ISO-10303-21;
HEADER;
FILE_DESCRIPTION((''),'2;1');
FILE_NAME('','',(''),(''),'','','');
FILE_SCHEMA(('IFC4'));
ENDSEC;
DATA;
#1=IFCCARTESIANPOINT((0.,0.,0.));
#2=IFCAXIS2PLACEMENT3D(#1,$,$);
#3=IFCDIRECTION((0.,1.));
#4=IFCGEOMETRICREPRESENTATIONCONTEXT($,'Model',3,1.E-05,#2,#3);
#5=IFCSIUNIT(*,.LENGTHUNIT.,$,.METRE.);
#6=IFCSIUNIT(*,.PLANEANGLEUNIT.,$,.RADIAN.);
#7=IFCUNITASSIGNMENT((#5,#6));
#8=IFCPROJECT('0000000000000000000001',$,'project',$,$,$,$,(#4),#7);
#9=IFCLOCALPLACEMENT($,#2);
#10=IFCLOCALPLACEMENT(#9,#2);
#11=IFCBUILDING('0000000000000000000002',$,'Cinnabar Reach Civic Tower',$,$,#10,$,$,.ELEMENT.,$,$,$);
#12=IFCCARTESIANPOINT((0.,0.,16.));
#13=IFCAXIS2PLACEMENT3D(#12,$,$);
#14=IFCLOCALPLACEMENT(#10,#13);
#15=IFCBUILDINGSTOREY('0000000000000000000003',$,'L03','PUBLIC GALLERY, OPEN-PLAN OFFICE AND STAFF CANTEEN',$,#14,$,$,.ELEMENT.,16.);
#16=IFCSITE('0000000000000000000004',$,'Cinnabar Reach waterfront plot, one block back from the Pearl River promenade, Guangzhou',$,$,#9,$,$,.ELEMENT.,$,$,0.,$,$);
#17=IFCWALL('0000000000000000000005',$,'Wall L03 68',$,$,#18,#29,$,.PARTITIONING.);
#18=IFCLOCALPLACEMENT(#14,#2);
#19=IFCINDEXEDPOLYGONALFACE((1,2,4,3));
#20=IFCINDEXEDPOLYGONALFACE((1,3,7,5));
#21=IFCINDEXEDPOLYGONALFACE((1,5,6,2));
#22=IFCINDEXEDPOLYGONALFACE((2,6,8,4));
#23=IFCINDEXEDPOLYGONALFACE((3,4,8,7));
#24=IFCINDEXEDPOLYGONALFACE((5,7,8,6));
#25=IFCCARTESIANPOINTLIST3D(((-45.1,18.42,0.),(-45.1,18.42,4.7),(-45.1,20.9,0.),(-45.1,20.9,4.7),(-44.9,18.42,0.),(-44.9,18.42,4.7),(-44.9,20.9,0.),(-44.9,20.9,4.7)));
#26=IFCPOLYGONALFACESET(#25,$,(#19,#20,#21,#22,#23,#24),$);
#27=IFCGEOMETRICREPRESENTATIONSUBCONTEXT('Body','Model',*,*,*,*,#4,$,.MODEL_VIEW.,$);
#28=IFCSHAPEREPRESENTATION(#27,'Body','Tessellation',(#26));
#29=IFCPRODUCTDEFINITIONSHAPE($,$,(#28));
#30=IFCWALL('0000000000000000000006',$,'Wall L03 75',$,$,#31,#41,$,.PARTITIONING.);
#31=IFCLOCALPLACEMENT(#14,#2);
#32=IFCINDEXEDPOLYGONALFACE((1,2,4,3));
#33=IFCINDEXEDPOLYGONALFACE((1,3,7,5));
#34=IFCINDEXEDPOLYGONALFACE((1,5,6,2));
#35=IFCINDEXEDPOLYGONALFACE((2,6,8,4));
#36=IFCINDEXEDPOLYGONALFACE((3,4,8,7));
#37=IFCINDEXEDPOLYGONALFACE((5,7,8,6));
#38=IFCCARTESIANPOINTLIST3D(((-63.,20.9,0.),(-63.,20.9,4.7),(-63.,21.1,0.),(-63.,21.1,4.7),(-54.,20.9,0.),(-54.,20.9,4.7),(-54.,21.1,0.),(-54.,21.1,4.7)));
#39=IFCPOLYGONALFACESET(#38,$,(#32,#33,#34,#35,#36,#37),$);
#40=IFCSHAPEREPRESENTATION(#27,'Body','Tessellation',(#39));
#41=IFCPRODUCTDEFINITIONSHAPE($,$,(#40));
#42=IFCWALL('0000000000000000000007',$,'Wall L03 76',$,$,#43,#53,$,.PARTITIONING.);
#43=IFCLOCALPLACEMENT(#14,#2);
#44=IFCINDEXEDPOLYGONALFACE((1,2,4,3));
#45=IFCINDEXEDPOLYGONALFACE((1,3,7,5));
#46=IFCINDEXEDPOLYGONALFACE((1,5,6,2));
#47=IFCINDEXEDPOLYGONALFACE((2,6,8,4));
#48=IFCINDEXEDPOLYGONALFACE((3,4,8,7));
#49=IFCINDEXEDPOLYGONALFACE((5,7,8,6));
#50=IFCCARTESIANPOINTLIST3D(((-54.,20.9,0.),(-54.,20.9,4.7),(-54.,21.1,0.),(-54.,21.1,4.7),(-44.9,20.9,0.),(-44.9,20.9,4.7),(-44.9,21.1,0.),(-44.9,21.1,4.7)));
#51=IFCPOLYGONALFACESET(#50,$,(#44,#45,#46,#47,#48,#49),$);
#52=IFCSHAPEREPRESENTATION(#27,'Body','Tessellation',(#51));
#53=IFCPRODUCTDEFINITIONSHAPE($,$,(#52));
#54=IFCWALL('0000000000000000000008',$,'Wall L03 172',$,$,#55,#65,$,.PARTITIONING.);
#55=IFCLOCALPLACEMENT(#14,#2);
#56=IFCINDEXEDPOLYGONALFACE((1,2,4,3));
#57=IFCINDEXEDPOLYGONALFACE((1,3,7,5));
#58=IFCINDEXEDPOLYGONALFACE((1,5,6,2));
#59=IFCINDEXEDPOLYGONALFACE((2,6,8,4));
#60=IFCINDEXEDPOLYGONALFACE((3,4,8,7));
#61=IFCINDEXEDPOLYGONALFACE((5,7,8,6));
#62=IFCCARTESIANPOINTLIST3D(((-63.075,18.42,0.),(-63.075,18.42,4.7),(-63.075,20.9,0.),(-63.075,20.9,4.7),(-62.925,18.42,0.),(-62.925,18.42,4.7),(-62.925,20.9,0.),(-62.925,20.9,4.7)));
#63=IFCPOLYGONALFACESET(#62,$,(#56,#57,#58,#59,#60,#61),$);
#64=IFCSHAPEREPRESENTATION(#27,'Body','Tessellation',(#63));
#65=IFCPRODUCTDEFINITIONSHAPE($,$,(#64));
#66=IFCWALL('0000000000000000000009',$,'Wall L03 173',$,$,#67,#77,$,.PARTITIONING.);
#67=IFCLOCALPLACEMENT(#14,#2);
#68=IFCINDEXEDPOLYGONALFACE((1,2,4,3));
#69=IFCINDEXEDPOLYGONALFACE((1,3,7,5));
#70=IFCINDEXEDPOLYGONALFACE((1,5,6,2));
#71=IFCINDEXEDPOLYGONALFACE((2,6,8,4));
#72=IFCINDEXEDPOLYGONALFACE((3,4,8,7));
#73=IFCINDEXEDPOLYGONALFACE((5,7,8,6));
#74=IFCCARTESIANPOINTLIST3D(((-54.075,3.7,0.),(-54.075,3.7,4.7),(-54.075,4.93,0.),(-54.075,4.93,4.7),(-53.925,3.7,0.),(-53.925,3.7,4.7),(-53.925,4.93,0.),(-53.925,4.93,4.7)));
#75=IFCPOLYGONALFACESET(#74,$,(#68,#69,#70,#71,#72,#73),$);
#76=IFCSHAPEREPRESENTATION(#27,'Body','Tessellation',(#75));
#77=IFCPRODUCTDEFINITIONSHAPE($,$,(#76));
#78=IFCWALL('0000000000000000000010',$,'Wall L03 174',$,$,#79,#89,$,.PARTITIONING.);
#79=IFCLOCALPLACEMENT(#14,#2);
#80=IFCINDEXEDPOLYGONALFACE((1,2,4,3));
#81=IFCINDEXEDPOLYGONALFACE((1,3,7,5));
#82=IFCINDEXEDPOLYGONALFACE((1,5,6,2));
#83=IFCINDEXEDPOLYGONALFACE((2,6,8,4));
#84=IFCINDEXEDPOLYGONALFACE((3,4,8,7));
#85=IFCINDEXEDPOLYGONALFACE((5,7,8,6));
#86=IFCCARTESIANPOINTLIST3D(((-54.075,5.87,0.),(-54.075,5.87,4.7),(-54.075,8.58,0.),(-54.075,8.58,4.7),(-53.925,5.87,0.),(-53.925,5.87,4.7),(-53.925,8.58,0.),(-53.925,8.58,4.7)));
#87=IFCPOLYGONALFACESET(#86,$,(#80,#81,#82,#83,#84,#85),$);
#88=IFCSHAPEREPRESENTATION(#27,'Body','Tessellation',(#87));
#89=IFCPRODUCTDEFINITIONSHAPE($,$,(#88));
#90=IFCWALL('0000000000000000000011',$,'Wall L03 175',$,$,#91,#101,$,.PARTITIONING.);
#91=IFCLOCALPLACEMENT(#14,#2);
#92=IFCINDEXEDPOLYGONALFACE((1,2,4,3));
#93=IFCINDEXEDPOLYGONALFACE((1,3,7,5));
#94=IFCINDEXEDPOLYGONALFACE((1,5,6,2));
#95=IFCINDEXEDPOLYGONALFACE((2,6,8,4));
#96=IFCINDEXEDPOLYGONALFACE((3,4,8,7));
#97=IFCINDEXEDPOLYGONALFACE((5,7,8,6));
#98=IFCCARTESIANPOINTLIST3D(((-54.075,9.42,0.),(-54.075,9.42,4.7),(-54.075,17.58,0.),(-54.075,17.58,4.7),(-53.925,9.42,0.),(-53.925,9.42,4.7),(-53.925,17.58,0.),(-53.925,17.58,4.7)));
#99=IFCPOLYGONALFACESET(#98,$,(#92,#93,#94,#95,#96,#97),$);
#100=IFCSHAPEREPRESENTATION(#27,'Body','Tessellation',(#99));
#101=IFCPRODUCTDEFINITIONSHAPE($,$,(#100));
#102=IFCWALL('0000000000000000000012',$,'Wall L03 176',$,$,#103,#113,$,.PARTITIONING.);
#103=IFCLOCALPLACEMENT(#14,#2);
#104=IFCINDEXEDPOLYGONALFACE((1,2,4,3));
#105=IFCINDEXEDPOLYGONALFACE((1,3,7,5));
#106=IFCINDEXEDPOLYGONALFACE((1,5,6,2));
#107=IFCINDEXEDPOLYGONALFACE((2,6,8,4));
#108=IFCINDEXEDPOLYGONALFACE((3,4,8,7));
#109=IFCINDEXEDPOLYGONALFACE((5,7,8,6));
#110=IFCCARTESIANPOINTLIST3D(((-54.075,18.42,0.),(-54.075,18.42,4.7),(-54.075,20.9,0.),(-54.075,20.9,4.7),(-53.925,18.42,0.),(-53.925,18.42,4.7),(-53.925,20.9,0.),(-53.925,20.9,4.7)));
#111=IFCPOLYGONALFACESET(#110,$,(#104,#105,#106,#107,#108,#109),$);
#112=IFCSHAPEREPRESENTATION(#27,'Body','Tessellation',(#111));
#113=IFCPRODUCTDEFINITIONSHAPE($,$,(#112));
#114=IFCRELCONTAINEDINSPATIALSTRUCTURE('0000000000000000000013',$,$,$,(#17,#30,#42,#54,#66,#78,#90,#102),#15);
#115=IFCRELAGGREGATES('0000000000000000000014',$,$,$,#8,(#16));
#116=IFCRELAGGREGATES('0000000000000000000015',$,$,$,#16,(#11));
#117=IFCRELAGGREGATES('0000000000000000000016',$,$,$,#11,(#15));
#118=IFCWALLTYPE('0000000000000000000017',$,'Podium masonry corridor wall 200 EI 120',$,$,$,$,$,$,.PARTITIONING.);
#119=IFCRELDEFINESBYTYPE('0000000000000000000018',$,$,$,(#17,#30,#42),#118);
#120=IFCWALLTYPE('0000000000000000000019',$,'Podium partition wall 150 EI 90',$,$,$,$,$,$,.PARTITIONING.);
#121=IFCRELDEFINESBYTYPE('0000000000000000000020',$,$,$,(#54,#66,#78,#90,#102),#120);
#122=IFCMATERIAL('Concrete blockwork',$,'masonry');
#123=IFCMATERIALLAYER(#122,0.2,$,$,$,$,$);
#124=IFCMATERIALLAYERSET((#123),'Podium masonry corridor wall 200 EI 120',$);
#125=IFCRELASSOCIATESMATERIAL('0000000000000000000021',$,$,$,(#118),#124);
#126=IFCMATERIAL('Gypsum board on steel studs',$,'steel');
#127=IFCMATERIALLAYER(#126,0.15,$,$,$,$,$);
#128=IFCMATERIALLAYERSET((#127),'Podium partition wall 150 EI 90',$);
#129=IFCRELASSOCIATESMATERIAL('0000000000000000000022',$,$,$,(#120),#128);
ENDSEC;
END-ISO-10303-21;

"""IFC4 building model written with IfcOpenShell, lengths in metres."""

from ifc_helpers import new_model, si_unit, direction, frame, frame_2d, origin, place, context, subcontext, project, spatial, rectangle, extrude, material, layer, layer_set, type_object, element, save


model = new_model("IFC4")

# Units and contexts
model_context = context("Model", 3, precision=1e-05, world=origin(), true_north=direction((0.0, 1.0)))
body_context = subcontext(model_context, "Body", "Model", "MODEL_VIEW")
ifc_project = project(units=[si_unit("LENGTHUNIT", "METRE"), si_unit("PLANEANGLEUNIT", "RADIAN")], contexts=[model_context])

# Site, building, storey
site_placement = place(None, origin())
site = spatial("IfcSite", under=ifc_project, at=site_placement, Name="Cinnabar Reach waterfront plot, one block back from the Pearl River promenade, Guangzhou", CompositionType="ELEMENT", RefElevation=0.0)
building_placement = place(site_placement, origin())
building = spatial("IfcBuilding", under=site, at=building_placement, Name="Cinnabar Reach Civic Tower", CompositionType="ELEMENT")
storey_placement = place(building_placement, frame((0.0, 0.0, 16.0)))
storey = spatial("IfcBuildingStorey", under=building, at=storey_placement, Name="L03", Description="PUBLIC GALLERY, OPEN-PLAN OFFICE AND STAFF CANTEEN", CompositionType="ELEMENT", Elevation=16.0)

# Shared definitions
ifc_material_1 = material(Name="Concrete blockwork", Category="masonry")
ifc_layer_1 = layer(ifc_material_1, 0.2)
ifc_layer_set_1 = layer_set([ifc_layer_1], Name="Podium masonry corridor wall 200 EI 120")
wall_type_1 = type_object("IfcWallType", Name="Podium masonry corridor wall 200 EI 120", PredefinedType="PARTITIONING", material=ifc_layer_set_1)

# Walls
wall_1_placement = place(storey_placement, frame((-45.0, 18.42, 0.0), z_axis=(0.0, 0.0, 1.0), x_axis=(0.0, 1.0, 0.0)))
element("IfcWall", 1, at=wall_1_placement, inside=storey, type_object=wall_type_1, Name="Wall L03 68", PredefinedType="PARTITIONING", context=body_context, shape_type="SweptSolid", body=[
    extrude(rectangle(XDim=2.48, YDim=0.2, at=frame_2d((1.24, 0.0))), origin(), (0.0, 0.0, 1.0), 4.7),
])
wall_2_placement = place(storey_placement, frame((-63.0, 21.0, 0.0), z_axis=(0.0, 0.0, 1.0), x_axis=(1.0, 0.0, 0.0)))
element("IfcWall", 2, at=wall_2_placement, inside=storey, type_object=wall_type_1, Name="Wall L03 75", PredefinedType="PARTITIONING", context=body_context, shape_type="SweptSolid", body=[
    extrude(rectangle(XDim=9.0, YDim=0.2, at=frame_2d((4.5, 0.0))), origin(), (0.0, 0.0, 1.0), 4.7),
])
wall_3_placement = place(storey_placement, frame((-54.0, 21.0, 0.0), z_axis=(0.0, 0.0, 1.0), x_axis=(1.0, 0.0, 0.0)))
element("IfcWall", 3, at=wall_3_placement, inside=storey, type_object=wall_type_1, Name="Wall L03 76", PredefinedType="PARTITIONING", context=body_context, shape_type="SweptSolid", body=[
    extrude(rectangle(XDim=9.1, YDim=0.2, at=frame_2d((4.55, 0.0))), origin(), (0.0, 0.0, 1.0), 4.7),
])
ifc_material_2 = material(Name="Gypsum board on steel studs", Category="steel")
ifc_layer_2 = layer(ifc_material_2, 0.15)
ifc_layer_set_2 = layer_set([ifc_layer_2], Name="Podium partition wall 150 EI 90")
wall_type_2 = type_object("IfcWallType", Name="Podium partition wall 150 EI 90", PredefinedType="PARTITIONING", material=ifc_layer_set_2)
wall_4_placement = place(storey_placement, frame((-63.0, 18.42, 0.0), z_axis=(0.0, 0.0, 1.0), x_axis=(0.0, 1.0, 0.0)))
element("IfcWall", 4, at=wall_4_placement, inside=storey, type_object=wall_type_2, Name="Wall L03 172", PredefinedType="PARTITIONING", context=body_context, shape_type="SweptSolid", body=[
    extrude(rectangle(XDim=2.48, YDim=0.15, at=frame_2d((1.24, 0.0))), origin(), (0.0, 0.0, 1.0), 4.7),
])
wall_5_placement = place(storey_placement, frame((-54.0, 3.7, 0.0), z_axis=(0.0, 0.0, 1.0), x_axis=(0.0, 1.0, 0.0)))
element("IfcWall", 5, at=wall_5_placement, inside=storey, type_object=wall_type_2, Name="Wall L03 173", PredefinedType="PARTITIONING", context=body_context, shape_type="SweptSolid", body=[
    extrude(rectangle(XDim=1.23, YDim=0.15, at=frame_2d((0.615, 0.0))), origin(), (0.0, 0.0, 1.0), 4.7),
])
wall_6_placement = place(storey_placement, frame((-54.0, 5.87, 0.0), z_axis=(0.0, 0.0, 1.0), x_axis=(0.0, 1.0, 0.0)))
element("IfcWall", 6, at=wall_6_placement, inside=storey, type_object=wall_type_2, Name="Wall L03 174", PredefinedType="PARTITIONING", context=body_context, shape_type="SweptSolid", body=[
    extrude(rectangle(XDim=2.71, YDim=0.15, at=frame_2d((1.355, 0.0))), origin(), (0.0, 0.0, 1.0), 4.7),
])
wall_7_placement = place(storey_placement, frame((-54.0, 9.42, 0.0), z_axis=(0.0, 0.0, 1.0), x_axis=(0.0, 1.0, 0.0)))
element("IfcWall", 7, at=wall_7_placement, inside=storey, type_object=wall_type_2, Name="Wall L03 175", PredefinedType="PARTITIONING", context=body_context, shape_type="SweptSolid", body=[
    extrude(rectangle(XDim=8.16, YDim=0.15, at=frame_2d((4.08, 0.0))), origin(), (0.0, 0.0, 1.0), 4.7),
])
wall_8_placement = place(storey_placement, frame((-54.0, 18.42, 0.0), z_axis=(0.0, 0.0, 1.0), x_axis=(0.0, 1.0, 0.0)))
element("IfcWall", 8, at=wall_8_placement, inside=storey, type_object=wall_type_2, Name="Wall L03 176", PredefinedType="PARTITIONING", context=body_context, shape_type="SweptSolid", body=[
    extrude(rectangle(XDim=2.48, YDim=0.15, at=frame_2d((1.24, 0.0))), origin(), (0.0, 0.0, 1.0), 4.7),
])

save(model, "model.ifc")
